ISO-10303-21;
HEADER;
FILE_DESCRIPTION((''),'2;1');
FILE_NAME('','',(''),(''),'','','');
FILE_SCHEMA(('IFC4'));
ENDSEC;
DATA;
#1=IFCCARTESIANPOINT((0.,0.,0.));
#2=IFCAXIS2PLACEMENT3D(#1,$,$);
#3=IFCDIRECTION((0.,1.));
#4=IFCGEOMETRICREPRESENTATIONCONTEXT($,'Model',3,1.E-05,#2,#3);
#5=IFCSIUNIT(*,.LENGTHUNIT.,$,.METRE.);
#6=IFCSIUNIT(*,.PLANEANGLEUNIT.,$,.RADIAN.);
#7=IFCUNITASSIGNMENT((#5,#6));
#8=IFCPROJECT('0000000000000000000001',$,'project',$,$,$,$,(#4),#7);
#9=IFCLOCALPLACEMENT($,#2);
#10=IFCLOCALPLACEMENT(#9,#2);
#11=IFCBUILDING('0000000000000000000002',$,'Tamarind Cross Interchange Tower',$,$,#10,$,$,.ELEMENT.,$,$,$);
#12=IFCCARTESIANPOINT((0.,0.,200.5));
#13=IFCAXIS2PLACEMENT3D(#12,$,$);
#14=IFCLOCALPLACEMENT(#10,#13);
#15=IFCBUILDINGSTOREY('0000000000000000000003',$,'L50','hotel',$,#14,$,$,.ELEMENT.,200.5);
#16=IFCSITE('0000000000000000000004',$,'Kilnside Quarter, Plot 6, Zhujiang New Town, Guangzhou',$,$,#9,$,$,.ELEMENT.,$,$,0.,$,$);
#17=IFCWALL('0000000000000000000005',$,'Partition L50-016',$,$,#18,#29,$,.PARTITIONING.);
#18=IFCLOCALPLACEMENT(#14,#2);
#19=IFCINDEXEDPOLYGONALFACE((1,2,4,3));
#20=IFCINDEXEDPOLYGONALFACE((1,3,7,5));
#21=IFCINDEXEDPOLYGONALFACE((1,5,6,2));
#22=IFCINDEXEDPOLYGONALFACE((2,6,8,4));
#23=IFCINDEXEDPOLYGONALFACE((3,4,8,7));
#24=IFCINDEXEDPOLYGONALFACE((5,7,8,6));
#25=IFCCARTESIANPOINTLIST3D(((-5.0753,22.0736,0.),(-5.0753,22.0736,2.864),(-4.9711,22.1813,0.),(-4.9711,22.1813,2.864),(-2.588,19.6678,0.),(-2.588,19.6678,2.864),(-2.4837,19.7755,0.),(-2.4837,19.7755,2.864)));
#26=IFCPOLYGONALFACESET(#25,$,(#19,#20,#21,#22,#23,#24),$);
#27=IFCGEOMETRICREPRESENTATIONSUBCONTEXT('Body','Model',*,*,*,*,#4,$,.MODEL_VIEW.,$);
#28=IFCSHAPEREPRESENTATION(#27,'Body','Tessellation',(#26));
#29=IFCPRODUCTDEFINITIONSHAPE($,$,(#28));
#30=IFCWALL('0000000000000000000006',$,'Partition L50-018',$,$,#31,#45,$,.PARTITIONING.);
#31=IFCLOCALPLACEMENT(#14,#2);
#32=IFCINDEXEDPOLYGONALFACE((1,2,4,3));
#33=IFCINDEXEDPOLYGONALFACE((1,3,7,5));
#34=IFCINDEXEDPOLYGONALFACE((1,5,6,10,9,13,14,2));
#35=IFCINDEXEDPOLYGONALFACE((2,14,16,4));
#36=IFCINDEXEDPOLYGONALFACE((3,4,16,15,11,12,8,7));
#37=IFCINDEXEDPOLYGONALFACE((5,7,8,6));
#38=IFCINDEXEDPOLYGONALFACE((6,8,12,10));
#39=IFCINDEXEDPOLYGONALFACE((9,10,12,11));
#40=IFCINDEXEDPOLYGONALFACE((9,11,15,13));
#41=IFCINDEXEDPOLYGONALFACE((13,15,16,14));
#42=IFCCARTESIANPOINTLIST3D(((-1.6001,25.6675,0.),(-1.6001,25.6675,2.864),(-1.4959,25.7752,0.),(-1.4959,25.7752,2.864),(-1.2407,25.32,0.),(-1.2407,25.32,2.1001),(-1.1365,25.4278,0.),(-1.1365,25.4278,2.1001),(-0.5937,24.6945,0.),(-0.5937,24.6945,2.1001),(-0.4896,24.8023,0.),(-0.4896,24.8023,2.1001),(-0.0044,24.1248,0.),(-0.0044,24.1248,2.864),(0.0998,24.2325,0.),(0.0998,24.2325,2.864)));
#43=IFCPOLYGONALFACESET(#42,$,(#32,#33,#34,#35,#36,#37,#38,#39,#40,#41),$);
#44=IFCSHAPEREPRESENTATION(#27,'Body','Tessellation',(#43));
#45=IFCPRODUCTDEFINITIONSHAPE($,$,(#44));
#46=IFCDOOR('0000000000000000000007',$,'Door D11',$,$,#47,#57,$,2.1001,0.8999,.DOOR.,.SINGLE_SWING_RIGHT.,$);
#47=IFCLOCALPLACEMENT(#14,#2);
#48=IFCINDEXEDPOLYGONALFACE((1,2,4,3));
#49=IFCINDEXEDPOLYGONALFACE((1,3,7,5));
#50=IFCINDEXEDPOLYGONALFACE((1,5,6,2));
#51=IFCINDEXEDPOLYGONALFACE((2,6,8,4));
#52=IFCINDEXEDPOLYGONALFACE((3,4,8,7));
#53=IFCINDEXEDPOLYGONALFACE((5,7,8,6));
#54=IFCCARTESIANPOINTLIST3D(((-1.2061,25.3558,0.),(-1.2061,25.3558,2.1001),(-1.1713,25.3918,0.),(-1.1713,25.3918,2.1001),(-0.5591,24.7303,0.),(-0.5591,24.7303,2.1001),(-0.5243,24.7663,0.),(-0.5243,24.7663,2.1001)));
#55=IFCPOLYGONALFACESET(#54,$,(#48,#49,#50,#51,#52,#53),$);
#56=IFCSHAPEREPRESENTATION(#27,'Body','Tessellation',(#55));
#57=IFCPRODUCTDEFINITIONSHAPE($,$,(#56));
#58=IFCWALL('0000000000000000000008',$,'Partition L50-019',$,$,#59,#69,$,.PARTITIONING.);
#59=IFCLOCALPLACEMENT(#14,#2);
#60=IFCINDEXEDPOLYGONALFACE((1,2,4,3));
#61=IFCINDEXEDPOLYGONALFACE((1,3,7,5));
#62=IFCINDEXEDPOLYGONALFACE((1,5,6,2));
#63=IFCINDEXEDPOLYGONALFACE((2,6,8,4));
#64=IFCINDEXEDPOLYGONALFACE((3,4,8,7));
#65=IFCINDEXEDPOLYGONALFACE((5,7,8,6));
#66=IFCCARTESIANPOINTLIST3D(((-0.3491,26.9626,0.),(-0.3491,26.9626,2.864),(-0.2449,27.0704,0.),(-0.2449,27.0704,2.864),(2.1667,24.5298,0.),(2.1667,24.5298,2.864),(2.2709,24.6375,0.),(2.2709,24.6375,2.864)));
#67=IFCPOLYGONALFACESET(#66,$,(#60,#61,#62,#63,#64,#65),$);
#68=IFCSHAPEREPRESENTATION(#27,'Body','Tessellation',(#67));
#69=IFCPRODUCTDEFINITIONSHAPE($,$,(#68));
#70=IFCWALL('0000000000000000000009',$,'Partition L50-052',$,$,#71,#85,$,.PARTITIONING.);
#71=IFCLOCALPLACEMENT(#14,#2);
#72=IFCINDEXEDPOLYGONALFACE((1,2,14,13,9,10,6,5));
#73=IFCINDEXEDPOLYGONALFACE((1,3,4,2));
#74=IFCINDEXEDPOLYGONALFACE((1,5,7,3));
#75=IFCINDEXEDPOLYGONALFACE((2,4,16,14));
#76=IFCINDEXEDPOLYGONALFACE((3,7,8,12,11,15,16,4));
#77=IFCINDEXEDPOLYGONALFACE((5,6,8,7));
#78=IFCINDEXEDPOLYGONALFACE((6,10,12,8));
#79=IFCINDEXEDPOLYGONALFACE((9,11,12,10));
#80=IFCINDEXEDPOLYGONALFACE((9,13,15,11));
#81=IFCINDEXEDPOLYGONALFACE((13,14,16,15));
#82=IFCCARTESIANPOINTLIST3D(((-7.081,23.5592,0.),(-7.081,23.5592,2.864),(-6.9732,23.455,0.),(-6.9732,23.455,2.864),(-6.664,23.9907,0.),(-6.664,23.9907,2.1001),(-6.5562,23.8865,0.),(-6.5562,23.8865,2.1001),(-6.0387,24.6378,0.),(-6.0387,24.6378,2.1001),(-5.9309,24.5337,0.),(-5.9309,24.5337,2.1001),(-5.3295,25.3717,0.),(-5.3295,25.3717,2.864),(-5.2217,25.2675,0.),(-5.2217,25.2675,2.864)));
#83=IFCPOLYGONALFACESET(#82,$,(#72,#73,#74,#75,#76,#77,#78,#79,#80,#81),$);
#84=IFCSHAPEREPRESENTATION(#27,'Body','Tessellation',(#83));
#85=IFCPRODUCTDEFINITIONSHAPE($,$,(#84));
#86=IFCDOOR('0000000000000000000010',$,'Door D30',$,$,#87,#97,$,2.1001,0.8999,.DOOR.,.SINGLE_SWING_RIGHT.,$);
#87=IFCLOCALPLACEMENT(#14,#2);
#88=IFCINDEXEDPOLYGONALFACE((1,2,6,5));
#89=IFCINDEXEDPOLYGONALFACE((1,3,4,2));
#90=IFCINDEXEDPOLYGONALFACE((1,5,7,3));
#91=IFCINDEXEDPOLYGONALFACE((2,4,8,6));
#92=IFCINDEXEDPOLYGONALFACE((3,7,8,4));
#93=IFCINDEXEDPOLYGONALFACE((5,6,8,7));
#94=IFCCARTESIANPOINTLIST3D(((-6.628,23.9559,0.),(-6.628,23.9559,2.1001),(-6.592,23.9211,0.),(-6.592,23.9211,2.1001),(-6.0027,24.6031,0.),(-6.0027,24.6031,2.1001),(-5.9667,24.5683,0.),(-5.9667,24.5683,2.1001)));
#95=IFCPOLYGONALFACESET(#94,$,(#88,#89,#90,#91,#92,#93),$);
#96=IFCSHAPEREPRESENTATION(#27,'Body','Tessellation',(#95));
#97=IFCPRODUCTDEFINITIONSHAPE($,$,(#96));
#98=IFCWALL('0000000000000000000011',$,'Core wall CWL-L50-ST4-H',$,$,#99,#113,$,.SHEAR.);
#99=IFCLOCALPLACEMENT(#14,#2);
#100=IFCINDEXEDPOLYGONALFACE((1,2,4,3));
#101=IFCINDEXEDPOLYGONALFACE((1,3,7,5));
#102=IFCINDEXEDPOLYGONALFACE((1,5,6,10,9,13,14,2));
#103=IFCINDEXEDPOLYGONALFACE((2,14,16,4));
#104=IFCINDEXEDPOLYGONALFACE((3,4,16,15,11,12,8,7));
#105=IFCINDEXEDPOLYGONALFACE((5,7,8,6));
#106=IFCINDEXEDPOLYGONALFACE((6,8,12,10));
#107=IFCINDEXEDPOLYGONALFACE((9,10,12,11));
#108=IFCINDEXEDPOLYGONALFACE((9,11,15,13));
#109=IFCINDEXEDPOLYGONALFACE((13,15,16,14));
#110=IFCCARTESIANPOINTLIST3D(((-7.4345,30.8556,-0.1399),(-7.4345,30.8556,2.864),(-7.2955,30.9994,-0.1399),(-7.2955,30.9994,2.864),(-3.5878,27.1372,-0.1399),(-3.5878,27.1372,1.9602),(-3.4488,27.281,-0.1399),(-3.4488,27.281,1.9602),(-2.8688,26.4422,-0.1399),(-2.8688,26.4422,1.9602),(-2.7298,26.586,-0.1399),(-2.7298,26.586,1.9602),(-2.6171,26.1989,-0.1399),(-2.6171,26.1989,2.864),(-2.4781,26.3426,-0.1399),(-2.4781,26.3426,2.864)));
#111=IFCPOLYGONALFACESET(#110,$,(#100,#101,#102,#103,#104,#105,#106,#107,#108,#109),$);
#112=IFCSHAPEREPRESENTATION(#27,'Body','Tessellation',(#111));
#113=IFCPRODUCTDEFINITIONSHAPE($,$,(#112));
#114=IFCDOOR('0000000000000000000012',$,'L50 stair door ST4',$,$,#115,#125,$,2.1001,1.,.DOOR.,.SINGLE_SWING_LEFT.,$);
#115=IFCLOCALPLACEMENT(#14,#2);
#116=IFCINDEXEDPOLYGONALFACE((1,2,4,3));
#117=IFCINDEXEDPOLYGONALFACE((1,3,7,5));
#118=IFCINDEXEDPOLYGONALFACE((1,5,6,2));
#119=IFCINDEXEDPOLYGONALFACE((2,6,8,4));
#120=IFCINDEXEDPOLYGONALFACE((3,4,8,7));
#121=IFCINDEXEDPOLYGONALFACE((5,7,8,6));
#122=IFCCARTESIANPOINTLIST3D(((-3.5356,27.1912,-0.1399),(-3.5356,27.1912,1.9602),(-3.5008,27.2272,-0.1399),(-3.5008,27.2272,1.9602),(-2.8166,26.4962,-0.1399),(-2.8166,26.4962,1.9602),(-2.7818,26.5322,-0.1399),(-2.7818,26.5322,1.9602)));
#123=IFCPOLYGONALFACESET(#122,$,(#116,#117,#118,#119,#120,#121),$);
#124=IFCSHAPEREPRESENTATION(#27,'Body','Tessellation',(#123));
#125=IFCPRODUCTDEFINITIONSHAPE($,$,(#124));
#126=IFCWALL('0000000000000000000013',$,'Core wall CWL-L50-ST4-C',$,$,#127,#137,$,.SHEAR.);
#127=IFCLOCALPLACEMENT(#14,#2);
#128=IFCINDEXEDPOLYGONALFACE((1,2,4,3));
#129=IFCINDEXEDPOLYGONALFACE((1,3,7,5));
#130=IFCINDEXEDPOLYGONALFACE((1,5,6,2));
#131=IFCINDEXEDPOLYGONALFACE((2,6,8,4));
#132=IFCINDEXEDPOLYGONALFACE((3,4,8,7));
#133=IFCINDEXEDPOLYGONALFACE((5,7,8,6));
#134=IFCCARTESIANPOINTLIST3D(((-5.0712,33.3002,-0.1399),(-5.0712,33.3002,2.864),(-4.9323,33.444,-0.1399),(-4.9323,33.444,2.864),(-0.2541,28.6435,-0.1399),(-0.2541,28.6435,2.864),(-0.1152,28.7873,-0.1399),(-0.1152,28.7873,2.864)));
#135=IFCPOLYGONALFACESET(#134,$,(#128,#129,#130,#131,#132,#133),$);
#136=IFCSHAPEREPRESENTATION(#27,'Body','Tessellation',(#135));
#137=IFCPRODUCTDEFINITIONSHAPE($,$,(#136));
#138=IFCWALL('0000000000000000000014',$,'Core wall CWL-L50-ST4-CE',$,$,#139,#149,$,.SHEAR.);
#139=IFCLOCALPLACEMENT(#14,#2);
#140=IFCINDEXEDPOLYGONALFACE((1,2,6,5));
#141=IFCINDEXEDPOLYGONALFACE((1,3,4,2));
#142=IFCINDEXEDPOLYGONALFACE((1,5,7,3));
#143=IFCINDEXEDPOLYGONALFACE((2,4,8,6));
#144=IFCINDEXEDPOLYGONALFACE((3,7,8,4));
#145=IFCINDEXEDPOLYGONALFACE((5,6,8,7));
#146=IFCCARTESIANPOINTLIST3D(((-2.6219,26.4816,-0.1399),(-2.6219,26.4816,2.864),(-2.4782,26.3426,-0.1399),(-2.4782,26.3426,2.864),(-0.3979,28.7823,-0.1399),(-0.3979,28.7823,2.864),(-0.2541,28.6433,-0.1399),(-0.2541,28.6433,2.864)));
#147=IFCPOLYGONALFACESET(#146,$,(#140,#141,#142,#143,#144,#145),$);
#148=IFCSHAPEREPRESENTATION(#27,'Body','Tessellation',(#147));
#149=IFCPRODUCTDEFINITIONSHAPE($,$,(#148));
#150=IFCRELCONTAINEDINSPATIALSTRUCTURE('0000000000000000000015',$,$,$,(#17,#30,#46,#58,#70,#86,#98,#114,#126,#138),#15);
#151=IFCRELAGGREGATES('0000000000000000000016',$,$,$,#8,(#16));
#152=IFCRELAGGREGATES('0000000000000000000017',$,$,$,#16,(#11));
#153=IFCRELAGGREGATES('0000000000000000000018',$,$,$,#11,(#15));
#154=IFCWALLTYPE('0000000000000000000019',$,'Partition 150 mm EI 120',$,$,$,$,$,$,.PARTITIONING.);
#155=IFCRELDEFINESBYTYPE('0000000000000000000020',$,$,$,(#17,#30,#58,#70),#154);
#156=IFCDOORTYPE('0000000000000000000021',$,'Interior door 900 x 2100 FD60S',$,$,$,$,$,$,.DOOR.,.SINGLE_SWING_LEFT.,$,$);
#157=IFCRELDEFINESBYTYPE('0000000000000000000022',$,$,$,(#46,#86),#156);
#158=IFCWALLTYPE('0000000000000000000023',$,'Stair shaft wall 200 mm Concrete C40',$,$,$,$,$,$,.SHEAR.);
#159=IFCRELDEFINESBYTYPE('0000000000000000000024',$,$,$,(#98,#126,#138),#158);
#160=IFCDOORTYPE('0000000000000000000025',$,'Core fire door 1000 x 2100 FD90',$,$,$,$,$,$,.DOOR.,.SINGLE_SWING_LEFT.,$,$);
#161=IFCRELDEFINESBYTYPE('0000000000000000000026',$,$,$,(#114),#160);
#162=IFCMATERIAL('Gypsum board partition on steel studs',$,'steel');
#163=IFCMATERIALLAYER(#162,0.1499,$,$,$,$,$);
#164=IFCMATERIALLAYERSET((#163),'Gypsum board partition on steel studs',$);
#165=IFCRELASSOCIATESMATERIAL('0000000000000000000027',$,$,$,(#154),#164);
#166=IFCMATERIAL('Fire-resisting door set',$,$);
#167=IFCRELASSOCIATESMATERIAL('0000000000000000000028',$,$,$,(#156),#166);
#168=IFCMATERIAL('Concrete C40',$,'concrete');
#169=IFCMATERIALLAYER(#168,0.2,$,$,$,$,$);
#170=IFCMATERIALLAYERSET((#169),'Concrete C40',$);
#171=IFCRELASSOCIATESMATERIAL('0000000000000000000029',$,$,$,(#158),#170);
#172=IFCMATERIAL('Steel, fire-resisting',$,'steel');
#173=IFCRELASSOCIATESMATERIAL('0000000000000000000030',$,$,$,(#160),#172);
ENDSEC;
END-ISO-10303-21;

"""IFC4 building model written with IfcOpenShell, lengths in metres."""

from ifc_helpers import new_model, si_unit, direction, frame, frame_2d, origin, place, context, subcontext, project, spatial, rectangle, extrude, material, layer, layer_set, type_object, element, fill, save


model = new_model("IFC4")

# Units and contexts
model_context = context("Model", 3, precision=1e-05, world=origin(), true_north=direction((0.0, 1.0)))
body_context = subcontext(model_context, "Body", "Model", "MODEL_VIEW")
ifc_project = project(units=[si_unit("LENGTHUNIT", "METRE"), si_unit("PLANEANGLEUNIT", "RADIAN")], contexts=[model_context])

# Site, building, storey
site_placement = place(None, origin())
site = spatial("IfcSite", under=ifc_project, at=site_placement, Name="Kilnside Quarter, Plot 6, Zhujiang New Town, Guangzhou", CompositionType="ELEMENT", RefElevation=0.0)
building_placement = place(site_placement, origin())
building = spatial("IfcBuilding", under=site, at=building_placement, Name="Tamarind Cross Interchange Tower", CompositionType="ELEMENT")
storey_placement = place(building_placement, frame((0.0, 0.0, 200.5)))
storey = spatial("IfcBuildingStorey", under=building, at=storey_placement, Name="L50", Description="hotel", CompositionType="ELEMENT", Elevation=200.5)

# Shared definitions
ifc_material_1 = material(Name="Gypsum board partition on steel studs", Category="steel")
ifc_layer_1 = layer(ifc_material_1, 0.1499)
ifc_layer_set_1 = layer_set([ifc_layer_1], Name="Gypsum board partition on steel studs")
wall_type_1 = type_object("IfcWallType", Name="Partition 150 mm EI 120", PredefinedType="PARTITIONING", material=ifc_layer_set_1)
ifc_material_2 = material(Name="Fire-resisting door set")
door_type_1 = type_object("IfcDoorType", Name="Interior door 900 x 2100 FD60S", OperationType="SINGLE_SWING_LEFT", PredefinedType="DOOR", material=ifc_material_2)

# Wall
wall_1_placement = place(storey_placement, frame((-5.0232, 22.1274, 0.0), z_axis=(0.0, 0.0, 1.0), x_axis=(0.718791, -0.695226, 0.0)))
element("IfcWall", 1, at=wall_1_placement, inside=storey, type_object=wall_type_1, Name="Partition L50-016", PredefinedType="PARTITIONING", context=body_context, shape_type="SweptSolid", body=[
    extrude(rectangle(XDim=3.4604, YDim=0.1499, at=frame_2d((1.7302, 0.0))), origin(), (0.0, 0.0, 1.0), 2.864),
])

# Wall, opening, door
wall_2_placement = place(storey_placement, frame((-1.5481, 25.7214, 0.0), z_axis=(0.0, 0.0, 1.0), x_axis=(0.718941, -0.695071, 0.0)))
wall_2 = element("IfcWall", 2, at=wall_2_placement, inside=storey, type_object=wall_type_1, Name="Partition L50-018", PredefinedType="PARTITIONING", context=body_context, shape_type="SweptSolid", body=[
    extrude(rectangle(XDim=2.2195, YDim=0.1499, at=frame_2d((1.1099, 0.0))), origin(), (0.0, 0.0, 1.0), 2.864),
])
opening_1_placement = place(wall_2_placement, frame((0.5, 0.0, 0.0)))
opening_1 = element("IfcOpeningElement", 3, at=opening_1_placement, cuts=wall_2, PredefinedType="OPENING", context=body_context, shape_type="SweptSolid", body=[
    extrude(rectangle(XDim=0.8999, YDim=2.1001, at=frame_2d((0.45, 1.05))), frame((0.0, 0.085, 0.0), z_axis=(0.0, -1.0, 0.0), x_axis=(1.0, 0.0, 0.0)), (0.0, 0.0, 1.0), 0.1699),
])
door_1_placement = place(opening_1_placement, origin())
door_1 = element("IfcDoor", 4, at=door_1_placement, inside=storey, type_object=door_type_1, Name="Door D11", OperationType="SINGLE_SWING_RIGHT", OverallHeight=2.1001, OverallWidth=0.8999, PredefinedType="DOOR", context=body_context, shape_type="SweptSolid", body=[
    extrude(rectangle(XDim=0.8999, YDim=2.1001, at=frame_2d((0.45, 1.05))), frame((0.0, 0.0249, 0.0), z_axis=(0.0, -1.0, 0.0), x_axis=(1.0, 0.0, 0.0)), (0.0, 0.0, 1.0), 0.05),
])
fill(opening_1, door_1)

# Wall
wall_3_placement = place(storey_placement, frame((-0.2971, 27.0166, 0.0), z_axis=(0.0, 0.0, 1.0), x_axis=(0.718866, -0.695148, 0.0)))
element("IfcWall", 5, at=wall_3_placement, inside=storey, type_object=wall_type_1, Name="Partition L50-019", PredefinedType="PARTITIONING", context=body_context, shape_type="SweptSolid", body=[
    extrude(rectangle(XDim=3.4998, YDim=0.1499, at=frame_2d((1.75, 0.0))), origin(), (0.0, 0.0, 1.0), 2.864),
])

# Walls, openings, doors
wall_4_placement = place(storey_placement, frame((-7.0271, 23.5071, 0.0), z_axis=(0.0, 0.0, 1.0), x_axis=(0.694895, 0.719111, 0.0)))
wall_4 = element("IfcWall", 6, at=wall_4_placement, inside=storey, type_object=wall_type_1, Name="Partition L50-052", PredefinedType="PARTITIONING", context=body_context, shape_type="SweptSolid", body=[
    extrude(rectangle(XDim=2.5205, YDim=0.1499, at=frame_2d((1.2603, 0.0))), origin(), (0.0, 0.0, 1.0), 2.864),
])
opening_2_placement = place(wall_4_placement, frame((0.6001, 0.0, 0.0)))
opening_2 = element("IfcOpeningElement", 7, at=opening_2_placement, cuts=wall_4, PredefinedType="OPENING", context=body_context, shape_type="SweptSolid", body=[
    extrude(rectangle(XDim=0.8999, YDim=2.1001, at=frame_2d((0.45, 1.05))), frame((0.0, 0.085, 0.0), z_axis=(0.0, -1.0, 0.0), x_axis=(1.0, 0.0, 0.0)), (0.0, 0.0, 1.0), 0.1699),
])
door_2_placement = place(opening_2_placement, origin())
door_2 = element("IfcDoor", 8, at=door_2_placement, inside=storey, type_object=door_type_1, Name="Door D30", OperationType="SINGLE_SWING_RIGHT", OverallHeight=2.1001, OverallWidth=0.8999, PredefinedType="DOOR", context=body_context, shape_type="SweptSolid", body=[
    extrude(rectangle(XDim=0.8999, YDim=2.1001, at=frame_2d((0.45, 1.05))), frame((0.0, 0.0249, 0.0), z_axis=(0.0, -1.0, 0.0), x_axis=(1.0, 0.0, 0.0)), (0.0, 0.0, 1.0), 0.05),
])
fill(opening_2, door_2)
ifc_material_3 = material(Name="Concrete C40", Category="concrete")
ifc_layer_2 = layer(ifc_material_3, 0.2)
ifc_layer_set_2 = layer_set([ifc_layer_2], Name="Concrete C40")
wall_type_2 = type_object("IfcWallType", Name="Stair shaft wall 200 mm Concrete C40", PredefinedType="SHEAR", material=ifc_layer_set_2)
wall_5_placement = place(storey_placement, frame((-2.5476, 26.2708, -0.1399), z_axis=(0.0, 0.0, 1.0), x_axis=(-0.718993, 0.695017, 0.0)))
wall_5 = element("IfcWall", 9, at=wall_5_placement, inside=storey, type_object=wall_type_2, Name="Core wall CWL-L50-ST4-H", PredefinedType="SHEAR", context=body_context, shape_type="SweptSolid", body=[
    extrude(rectangle(XDim=6.7002, YDim=0.2, at=frame_2d((3.3501, 0.0))), origin(), (0.0, 0.0, 1.0), 3.0039),
])
opening_3_placement = place(wall_5_placement, frame((0.3501, 0.0, 0.0)))
opening_3 = element("IfcOpeningElement", 10, at=opening_3_placement, cuts=wall_5, PredefinedType="OPENING", context=body_context, shape_type="SweptSolid", body=[
    extrude(rectangle(XDim=1.0, YDim=2.1001, at=frame_2d((0.5, 1.05))), frame((0.0, 0.1099, 0.0), z_axis=(0.0, -1.0, 0.0), x_axis=(1.0, 0.0, 0.0)), (0.0, 0.0, 1.0), 0.22),
])
ifc_material_4 = material(Name="Steel, fire-resisting", Category="steel")
door_type_2 = type_object("IfcDoorType", Name="Core fire door 1000 x 2100 FD90", OperationType="SINGLE_SWING_LEFT", PredefinedType="DOOR", material=ifc_material_4)
door_3_placement = place(opening_3_placement, origin())
door_3 = element("IfcDoor", 11, at=door_3_placement, inside=storey, type_object=door_type_2, Name="L50 stair door ST4", OperationType="SINGLE_SWING_LEFT", OverallHeight=2.1001, OverallWidth=1.0, PredefinedType="DOOR", context=body_context, shape_type="SweptSolid", body=[
    extrude(rectangle(XDim=1.0, YDim=2.1001, at=frame_2d((0.5, 1.05))), frame((0.0, 0.0249, 0.0), z_axis=(0.0, -1.0, 0.0), x_axis=(1.0, 0.0, 0.0)), (0.0, 0.0, 1.0), 0.05),
])
fill(opening_3, door_3)

# Walls
wall_6_placement = place(storey_placement, frame((-0.1846, 28.7153, -0.1399), z_axis=(0.0, 0.0, 1.0), x_axis=(-0.718976, 0.695035, 0.0)))
element("IfcWall", 12, at=wall_6_placement, inside=storey, type_object=wall_type_2, Name="Core wall CWL-L50-ST4-C", PredefinedType="SHEAR", context=body_context, shape_type="SweptSolid", body=[
    extrude(rectangle(XDim=6.7, YDim=0.2, at=frame_2d((3.3501, 0.0))), origin(), (0.0, 0.0, 1.0), 3.0039),
])
wall_7_placement = place(storey_placement, frame((-0.3259, 28.7129, -0.1399), z_axis=(0.0, 0.0, 1.0), x_axis=(-0.695027, -0.718983, 0.0)))
element("IfcWall", 13, at=wall_7_placement, inside=storey, type_object=wall_type_2, Name="Core wall CWL-L50-ST4-CE", PredefinedType="SHEAR", context=body_context, shape_type="SweptSolid", body=[
    extrude(rectangle(XDim=3.2, YDim=0.2, at=frame_2d((1.6001, 0.0))), origin(), (0.0, 0.0, 1.0), 3.0039),
])

save(model, "model.ifc")
